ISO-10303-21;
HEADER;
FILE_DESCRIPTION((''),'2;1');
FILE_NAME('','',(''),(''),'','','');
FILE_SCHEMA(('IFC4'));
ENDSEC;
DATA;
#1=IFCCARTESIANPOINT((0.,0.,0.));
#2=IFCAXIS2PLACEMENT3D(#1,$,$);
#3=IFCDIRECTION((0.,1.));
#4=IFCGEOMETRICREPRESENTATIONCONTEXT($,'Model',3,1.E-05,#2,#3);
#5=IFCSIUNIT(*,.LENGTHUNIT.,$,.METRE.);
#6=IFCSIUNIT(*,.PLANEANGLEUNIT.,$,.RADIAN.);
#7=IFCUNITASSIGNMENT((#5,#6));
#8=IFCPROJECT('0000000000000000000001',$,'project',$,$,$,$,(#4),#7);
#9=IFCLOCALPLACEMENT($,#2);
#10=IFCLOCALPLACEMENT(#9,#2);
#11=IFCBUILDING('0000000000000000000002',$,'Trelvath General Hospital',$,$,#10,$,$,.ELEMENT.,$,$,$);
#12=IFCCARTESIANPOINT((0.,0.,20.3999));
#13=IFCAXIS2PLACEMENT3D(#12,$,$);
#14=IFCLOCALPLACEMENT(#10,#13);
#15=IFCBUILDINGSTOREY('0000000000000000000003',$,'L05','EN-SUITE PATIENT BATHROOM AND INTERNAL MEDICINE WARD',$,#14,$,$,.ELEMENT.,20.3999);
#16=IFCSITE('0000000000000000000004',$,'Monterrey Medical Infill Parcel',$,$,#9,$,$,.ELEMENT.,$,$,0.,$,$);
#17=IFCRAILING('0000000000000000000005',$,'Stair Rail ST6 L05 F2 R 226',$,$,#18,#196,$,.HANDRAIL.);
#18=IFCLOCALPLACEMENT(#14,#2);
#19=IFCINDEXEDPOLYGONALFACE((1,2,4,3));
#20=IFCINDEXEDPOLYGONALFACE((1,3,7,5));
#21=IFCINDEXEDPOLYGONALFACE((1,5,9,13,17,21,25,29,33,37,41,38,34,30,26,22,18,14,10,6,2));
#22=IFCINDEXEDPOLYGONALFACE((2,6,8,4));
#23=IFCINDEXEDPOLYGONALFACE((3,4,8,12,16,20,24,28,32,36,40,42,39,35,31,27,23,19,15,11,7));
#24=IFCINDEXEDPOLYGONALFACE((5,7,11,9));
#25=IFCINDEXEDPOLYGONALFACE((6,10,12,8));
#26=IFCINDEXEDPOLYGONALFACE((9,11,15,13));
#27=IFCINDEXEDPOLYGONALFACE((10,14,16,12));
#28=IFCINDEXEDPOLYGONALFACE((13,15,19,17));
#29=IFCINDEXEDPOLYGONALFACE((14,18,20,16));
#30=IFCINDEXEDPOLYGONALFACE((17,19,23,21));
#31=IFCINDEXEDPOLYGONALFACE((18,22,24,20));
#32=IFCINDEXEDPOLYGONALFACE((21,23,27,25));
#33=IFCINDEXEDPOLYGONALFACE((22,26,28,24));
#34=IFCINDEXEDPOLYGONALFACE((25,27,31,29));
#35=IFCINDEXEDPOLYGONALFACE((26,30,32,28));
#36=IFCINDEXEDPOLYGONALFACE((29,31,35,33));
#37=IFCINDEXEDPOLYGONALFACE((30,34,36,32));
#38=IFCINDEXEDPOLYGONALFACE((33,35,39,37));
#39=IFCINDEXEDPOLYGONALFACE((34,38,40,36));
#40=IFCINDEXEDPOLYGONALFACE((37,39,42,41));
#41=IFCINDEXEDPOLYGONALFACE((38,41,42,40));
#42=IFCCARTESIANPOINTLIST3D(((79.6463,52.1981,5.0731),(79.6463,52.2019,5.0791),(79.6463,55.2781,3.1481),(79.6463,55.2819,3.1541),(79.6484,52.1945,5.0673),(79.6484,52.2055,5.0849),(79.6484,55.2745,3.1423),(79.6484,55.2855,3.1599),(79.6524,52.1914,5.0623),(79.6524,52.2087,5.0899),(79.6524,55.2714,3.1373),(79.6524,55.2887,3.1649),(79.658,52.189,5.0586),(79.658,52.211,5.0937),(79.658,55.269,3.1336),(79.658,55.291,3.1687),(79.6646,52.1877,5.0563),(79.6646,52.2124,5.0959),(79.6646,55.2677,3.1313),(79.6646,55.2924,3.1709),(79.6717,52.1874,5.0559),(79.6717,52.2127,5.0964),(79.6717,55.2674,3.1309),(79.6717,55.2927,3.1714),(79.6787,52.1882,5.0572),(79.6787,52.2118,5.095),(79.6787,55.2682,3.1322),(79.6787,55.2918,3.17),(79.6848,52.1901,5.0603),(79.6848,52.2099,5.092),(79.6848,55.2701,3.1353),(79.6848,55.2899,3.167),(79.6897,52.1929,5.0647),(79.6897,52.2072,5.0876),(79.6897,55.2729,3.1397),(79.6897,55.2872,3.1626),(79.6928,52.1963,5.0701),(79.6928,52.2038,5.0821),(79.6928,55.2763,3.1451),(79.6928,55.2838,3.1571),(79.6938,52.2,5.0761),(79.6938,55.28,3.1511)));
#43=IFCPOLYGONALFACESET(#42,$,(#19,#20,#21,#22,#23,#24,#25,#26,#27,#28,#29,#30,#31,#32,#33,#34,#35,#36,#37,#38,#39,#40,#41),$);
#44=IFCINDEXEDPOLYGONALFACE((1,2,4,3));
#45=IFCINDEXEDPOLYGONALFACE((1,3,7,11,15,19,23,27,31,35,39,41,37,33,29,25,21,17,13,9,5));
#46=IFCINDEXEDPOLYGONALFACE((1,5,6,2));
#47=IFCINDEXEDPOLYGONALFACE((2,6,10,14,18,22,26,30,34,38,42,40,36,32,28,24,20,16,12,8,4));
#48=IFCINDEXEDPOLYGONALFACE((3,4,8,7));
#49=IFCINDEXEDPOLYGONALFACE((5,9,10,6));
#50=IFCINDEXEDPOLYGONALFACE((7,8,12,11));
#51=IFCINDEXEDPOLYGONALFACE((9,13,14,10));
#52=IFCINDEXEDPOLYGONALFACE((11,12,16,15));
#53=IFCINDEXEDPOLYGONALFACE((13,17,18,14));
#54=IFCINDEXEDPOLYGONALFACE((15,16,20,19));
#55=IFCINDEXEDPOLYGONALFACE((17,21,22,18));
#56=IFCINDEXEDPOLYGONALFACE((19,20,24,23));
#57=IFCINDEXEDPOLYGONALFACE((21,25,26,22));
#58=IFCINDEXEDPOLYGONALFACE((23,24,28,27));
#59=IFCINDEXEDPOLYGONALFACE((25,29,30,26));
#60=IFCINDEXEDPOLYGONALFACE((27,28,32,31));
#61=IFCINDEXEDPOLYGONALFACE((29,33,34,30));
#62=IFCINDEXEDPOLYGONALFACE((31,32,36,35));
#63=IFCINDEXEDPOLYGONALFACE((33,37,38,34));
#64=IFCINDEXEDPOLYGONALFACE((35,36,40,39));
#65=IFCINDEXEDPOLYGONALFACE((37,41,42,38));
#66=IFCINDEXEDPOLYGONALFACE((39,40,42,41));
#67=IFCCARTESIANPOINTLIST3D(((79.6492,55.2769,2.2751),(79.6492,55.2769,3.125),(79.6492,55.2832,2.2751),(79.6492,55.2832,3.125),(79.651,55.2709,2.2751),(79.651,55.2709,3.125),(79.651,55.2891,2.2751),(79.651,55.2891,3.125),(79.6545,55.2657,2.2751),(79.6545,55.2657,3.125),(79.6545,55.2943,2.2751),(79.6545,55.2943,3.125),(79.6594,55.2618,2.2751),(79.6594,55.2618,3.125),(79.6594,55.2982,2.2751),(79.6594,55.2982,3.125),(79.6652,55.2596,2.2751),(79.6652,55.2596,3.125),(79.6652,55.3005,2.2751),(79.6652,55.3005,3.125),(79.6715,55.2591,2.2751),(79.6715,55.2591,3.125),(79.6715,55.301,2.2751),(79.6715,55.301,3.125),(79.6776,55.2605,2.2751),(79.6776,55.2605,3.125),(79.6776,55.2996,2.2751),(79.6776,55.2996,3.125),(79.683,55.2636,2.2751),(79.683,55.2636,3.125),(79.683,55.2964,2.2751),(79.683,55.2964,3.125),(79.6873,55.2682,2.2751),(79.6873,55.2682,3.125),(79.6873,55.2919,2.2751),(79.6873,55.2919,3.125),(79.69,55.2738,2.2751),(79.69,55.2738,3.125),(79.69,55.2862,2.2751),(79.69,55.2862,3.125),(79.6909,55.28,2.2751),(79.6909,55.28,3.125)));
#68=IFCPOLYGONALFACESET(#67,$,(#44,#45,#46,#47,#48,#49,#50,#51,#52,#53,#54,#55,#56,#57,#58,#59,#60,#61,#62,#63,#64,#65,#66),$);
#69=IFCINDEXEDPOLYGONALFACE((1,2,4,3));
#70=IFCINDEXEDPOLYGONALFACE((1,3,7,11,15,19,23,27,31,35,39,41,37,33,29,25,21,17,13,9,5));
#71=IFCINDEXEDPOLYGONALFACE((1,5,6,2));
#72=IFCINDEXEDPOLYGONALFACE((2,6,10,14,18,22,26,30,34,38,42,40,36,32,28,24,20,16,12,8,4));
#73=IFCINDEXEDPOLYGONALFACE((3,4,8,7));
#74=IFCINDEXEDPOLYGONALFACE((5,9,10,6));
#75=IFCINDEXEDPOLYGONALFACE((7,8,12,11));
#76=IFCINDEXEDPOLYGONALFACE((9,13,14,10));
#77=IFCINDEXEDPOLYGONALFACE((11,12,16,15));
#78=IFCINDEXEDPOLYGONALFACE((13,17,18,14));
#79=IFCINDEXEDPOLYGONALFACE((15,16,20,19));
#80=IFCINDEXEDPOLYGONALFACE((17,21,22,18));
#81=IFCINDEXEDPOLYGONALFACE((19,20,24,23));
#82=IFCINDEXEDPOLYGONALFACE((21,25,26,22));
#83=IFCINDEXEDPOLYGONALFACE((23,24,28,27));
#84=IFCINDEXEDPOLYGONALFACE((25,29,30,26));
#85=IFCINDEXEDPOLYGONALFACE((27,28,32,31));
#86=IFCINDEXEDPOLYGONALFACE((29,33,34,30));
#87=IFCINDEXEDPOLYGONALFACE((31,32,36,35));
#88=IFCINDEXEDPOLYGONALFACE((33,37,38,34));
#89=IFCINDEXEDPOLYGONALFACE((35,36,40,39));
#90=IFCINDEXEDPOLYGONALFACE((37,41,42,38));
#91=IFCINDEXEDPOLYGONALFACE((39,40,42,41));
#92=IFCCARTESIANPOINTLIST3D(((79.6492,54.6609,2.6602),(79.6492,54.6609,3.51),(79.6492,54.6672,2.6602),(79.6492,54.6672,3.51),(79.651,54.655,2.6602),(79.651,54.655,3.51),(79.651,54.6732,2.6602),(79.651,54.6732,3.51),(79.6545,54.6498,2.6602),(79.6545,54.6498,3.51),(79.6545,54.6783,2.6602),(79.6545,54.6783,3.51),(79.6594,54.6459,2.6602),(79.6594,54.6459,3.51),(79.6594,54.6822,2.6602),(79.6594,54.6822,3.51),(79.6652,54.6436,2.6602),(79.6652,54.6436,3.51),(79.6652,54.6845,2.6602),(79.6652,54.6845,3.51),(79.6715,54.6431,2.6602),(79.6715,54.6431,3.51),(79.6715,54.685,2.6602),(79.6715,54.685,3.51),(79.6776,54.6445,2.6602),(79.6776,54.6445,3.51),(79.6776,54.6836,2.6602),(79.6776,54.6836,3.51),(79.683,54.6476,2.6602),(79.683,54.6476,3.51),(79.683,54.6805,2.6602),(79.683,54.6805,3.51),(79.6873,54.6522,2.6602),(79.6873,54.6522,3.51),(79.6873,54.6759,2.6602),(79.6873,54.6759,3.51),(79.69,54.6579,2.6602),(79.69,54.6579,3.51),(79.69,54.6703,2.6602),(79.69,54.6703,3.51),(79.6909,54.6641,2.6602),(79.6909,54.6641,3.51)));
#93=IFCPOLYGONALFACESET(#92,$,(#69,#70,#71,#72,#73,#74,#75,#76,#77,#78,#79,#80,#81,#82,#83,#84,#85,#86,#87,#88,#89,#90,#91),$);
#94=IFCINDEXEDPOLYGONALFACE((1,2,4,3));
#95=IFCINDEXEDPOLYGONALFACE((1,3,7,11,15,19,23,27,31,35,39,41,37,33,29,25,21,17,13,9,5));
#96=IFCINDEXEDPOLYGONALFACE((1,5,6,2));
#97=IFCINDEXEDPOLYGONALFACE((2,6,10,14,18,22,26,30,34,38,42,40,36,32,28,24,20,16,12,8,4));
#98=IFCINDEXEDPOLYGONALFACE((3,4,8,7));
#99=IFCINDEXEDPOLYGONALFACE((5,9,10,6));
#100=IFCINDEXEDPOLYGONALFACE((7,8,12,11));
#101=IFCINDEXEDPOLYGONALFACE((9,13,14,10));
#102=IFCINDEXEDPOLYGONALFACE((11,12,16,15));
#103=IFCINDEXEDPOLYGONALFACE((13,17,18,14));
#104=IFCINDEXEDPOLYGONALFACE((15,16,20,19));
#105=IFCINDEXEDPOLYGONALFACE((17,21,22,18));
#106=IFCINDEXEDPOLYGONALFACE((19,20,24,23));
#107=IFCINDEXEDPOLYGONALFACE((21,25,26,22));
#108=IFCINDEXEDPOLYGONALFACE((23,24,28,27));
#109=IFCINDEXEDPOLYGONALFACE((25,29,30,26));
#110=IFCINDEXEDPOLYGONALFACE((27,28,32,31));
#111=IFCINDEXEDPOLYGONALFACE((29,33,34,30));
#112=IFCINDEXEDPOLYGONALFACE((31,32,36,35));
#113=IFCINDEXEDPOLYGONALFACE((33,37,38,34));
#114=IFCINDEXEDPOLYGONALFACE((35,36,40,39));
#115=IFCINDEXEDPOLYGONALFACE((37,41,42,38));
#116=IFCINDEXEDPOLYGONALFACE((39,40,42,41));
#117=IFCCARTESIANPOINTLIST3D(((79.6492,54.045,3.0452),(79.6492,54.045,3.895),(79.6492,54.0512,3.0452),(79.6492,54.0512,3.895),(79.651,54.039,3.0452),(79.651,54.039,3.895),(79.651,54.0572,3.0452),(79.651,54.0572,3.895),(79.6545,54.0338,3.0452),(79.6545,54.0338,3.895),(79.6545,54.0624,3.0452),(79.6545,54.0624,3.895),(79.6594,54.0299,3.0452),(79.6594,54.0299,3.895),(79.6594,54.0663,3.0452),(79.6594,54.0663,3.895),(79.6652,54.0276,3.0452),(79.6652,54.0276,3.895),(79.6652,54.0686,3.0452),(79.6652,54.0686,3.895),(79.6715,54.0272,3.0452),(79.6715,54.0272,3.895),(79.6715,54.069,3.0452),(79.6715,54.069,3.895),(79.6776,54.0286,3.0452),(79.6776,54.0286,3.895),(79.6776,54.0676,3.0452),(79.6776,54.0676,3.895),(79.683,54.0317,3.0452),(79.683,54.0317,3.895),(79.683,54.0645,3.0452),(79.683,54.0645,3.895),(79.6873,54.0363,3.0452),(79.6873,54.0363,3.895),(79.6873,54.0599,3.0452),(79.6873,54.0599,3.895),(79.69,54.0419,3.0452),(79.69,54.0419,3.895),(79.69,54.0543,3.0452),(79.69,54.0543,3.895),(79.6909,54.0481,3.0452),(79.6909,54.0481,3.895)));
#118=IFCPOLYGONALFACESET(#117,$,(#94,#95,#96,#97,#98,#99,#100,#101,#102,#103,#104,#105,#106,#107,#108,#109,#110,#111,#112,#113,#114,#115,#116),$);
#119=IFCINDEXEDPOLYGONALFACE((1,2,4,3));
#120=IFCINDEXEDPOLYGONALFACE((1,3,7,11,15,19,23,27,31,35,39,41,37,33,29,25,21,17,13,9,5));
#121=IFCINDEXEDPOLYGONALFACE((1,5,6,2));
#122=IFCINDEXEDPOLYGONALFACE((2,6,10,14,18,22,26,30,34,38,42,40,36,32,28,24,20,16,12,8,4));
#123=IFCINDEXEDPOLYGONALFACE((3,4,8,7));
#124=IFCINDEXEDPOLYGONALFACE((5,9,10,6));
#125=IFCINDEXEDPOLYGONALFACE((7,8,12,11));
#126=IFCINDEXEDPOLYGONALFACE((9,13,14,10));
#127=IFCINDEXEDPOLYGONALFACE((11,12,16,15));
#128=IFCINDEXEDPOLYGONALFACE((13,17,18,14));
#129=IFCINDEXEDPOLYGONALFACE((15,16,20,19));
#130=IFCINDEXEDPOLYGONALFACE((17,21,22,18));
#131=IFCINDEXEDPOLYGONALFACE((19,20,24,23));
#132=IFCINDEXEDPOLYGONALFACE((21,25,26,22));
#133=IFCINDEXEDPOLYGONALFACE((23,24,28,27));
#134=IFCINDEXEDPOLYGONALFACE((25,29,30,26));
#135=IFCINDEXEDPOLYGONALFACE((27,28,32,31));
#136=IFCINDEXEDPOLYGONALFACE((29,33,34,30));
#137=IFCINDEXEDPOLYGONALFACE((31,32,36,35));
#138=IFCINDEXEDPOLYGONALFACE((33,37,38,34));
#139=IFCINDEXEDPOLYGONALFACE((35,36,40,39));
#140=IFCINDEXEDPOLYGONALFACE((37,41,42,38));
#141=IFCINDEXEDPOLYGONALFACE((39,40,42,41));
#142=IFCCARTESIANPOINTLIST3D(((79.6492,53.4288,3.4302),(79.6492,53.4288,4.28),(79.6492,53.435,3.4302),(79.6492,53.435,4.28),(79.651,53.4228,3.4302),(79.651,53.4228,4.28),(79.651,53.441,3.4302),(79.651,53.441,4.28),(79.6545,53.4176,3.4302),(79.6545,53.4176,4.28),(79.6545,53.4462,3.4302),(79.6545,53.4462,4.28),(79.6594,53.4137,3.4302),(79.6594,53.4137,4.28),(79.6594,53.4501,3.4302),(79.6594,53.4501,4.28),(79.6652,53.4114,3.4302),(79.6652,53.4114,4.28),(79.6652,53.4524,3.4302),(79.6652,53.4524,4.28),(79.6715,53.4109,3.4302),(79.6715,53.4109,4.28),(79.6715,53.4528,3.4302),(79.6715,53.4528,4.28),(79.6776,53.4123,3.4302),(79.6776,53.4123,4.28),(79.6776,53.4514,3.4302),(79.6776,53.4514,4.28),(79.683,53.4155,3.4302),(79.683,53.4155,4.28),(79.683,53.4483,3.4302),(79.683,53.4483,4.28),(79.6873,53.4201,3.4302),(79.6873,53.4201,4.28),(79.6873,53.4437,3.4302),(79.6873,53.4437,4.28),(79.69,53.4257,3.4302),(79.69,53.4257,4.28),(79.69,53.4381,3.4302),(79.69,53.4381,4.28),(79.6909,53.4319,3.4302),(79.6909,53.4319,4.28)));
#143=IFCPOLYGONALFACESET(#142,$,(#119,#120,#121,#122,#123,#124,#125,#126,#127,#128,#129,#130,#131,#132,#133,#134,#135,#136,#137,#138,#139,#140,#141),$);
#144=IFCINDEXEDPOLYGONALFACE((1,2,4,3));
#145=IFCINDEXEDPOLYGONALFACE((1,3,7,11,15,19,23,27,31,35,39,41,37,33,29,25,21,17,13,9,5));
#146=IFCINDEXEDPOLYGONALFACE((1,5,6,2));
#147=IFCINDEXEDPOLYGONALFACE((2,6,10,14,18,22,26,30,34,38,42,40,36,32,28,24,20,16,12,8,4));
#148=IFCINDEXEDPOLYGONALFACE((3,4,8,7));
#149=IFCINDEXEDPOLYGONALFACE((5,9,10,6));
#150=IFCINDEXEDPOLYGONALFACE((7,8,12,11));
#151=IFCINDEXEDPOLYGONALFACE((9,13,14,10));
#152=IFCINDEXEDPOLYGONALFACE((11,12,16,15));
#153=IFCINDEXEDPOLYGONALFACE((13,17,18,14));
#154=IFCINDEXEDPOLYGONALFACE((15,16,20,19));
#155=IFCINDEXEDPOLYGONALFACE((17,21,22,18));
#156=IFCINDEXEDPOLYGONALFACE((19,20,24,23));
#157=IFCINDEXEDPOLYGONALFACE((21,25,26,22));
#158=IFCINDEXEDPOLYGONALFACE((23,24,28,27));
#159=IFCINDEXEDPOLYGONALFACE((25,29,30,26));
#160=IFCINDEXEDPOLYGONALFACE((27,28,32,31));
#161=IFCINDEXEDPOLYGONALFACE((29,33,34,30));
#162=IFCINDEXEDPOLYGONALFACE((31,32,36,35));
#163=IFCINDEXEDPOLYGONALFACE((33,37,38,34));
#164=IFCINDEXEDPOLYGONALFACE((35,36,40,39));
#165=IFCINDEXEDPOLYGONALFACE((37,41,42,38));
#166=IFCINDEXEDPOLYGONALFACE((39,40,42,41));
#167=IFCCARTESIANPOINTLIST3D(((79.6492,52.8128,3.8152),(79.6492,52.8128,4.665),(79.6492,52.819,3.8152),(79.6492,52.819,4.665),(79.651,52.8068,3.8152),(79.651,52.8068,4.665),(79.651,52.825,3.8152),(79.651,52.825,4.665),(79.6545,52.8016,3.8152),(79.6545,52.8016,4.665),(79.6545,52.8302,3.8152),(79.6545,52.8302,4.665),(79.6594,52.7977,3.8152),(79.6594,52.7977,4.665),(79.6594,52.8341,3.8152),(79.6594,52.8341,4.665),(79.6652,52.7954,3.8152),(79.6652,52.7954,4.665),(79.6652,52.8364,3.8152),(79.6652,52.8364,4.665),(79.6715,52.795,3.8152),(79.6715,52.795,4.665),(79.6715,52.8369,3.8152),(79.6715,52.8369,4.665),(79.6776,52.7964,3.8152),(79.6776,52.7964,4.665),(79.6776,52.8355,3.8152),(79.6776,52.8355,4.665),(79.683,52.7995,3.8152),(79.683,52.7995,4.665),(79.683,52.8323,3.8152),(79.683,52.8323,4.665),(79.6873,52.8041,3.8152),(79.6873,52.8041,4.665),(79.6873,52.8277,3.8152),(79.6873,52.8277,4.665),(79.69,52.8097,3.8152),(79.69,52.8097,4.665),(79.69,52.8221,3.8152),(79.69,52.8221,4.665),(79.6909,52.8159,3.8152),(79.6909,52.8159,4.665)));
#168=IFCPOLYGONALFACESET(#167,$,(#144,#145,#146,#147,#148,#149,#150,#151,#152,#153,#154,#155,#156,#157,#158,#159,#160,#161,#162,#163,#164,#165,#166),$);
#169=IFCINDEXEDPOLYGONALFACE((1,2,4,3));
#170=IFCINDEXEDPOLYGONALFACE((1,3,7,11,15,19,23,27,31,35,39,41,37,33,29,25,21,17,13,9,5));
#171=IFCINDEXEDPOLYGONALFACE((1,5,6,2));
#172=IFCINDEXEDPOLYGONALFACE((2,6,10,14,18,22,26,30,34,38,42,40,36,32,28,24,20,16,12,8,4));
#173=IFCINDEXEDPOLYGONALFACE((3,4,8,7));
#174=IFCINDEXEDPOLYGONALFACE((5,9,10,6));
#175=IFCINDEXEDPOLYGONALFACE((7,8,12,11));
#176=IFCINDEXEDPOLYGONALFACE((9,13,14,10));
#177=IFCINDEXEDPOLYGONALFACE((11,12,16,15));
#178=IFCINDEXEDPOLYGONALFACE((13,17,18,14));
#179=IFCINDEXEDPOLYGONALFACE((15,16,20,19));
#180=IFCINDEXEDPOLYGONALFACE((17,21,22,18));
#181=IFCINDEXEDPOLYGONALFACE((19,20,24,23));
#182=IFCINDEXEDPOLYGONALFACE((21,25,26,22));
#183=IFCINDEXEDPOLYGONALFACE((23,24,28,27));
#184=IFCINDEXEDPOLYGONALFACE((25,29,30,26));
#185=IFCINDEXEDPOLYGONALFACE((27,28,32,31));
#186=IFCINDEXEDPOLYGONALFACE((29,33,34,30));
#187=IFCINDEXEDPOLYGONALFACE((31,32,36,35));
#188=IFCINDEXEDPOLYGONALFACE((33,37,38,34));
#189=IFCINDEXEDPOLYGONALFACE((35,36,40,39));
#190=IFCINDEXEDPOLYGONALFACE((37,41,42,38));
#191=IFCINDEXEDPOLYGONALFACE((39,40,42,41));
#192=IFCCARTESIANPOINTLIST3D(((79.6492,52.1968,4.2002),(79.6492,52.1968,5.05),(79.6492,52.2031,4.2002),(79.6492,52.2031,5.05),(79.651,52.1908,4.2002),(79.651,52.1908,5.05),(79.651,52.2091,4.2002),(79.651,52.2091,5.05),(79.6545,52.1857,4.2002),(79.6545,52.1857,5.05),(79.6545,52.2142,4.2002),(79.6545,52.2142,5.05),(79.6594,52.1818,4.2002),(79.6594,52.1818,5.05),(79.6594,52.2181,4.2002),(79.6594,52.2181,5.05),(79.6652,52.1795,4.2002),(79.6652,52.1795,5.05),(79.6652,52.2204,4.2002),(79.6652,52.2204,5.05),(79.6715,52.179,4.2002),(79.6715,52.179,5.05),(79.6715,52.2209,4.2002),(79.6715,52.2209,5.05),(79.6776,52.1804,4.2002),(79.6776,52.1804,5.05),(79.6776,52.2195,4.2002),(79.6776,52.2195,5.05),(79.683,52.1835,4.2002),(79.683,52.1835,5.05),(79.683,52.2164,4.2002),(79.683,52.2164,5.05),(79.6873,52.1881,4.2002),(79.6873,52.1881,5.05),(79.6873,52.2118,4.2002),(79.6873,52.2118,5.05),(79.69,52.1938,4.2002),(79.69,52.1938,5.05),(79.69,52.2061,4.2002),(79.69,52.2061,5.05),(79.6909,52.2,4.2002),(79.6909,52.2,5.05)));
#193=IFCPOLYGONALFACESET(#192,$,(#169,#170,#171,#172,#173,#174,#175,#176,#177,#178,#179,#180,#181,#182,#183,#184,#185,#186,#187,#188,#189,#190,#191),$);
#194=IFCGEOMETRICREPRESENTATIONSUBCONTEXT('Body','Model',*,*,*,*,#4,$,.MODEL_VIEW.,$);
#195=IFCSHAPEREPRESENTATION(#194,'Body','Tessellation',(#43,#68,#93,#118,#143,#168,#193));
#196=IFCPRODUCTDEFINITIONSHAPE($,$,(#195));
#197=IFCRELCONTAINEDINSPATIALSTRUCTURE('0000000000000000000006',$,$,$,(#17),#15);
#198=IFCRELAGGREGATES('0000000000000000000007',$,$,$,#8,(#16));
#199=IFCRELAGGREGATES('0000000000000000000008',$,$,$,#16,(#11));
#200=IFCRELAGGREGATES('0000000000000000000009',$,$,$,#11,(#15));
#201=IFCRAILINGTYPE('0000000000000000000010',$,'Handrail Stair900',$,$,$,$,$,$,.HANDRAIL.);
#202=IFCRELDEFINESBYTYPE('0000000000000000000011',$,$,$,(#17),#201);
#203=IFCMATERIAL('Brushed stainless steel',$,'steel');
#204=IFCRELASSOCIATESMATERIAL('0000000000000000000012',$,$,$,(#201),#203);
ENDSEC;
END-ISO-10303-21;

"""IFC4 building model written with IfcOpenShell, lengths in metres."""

from ifc_helpers import new_model, si_unit, direction, frame, origin, origin_2d, place, context, subcontext, project, spatial, circle, extrude, material, type_object, element, save


model = new_model("IFC4")

# Units and contexts
model_context = context("Model", 3, precision=1e-05, world=origin(), true_north=direction((0.0, 1.0)))
body_context = subcontext(model_context, "Body", "Model", "MODEL_VIEW")
ifc_project = project(units=[si_unit("LENGTHUNIT", "METRE"), si_unit("PLANEANGLEUNIT", "RADIAN")], contexts=[model_context])

# Site, building, storey
site_placement = place(None, origin())
site = spatial("IfcSite", under=ifc_project, at=site_placement, Name="Monterrey Medical Infill Parcel", CompositionType="ELEMENT", RefElevation=0.0)
building_placement = place(site_placement, origin())
building = spatial("IfcBuilding", under=site, at=building_placement, Name="Trelvath General Hospital", CompositionType="ELEMENT")
storey_placement = place(building_placement, frame((0.0, 0.0, 20.3999)))
storey = spatial("IfcBuildingStorey", under=building, at=storey_placement, Name="L05", Description="EN-SUITE PATIENT BATHROOM AND INTERNAL MEDICINE WARD", CompositionType="ELEMENT", Elevation=20.3999)

# Railing
ifc_material_1 = material(Name="Brushed stainless steel", Category="steel")
railing_type = type_object("IfcRailingType", Name="Handrail Stair900", PredefinedType="HANDRAIL", material=ifc_material_1)
railing_placement = place(storey_placement, frame((79.6699, 55.28, 2.2751)))
element("IfcRailing", 1, at=railing_placement, inside=storey, type_object=railing_type, Name="Stair Rail ST6 L05 F2 R 226", PredefinedType="HANDRAIL", context=body_context, shape_type="SweptSolid", body=[
    extrude(circle(Radius=0.0239, at=origin_2d()), frame((0.0, 0.0, 0.876), z_axis=(0.0, -0.847998, 0.529999), x_axis=(1.0, 0.0, 0.0)), (0.0, 0.0, 1.0), 3.6321),
    extrude(circle(Radius=0.021, at=origin_2d()), origin(), (0.0, 0.0, 1.0), 0.8499),
    extrude(circle(Radius=0.021, at=origin_2d()), frame((0.0, -0.616, 0.385)), (0.0, 0.0, 1.0), 0.8499),
    extrude(circle(Radius=0.021, at=origin_2d()), frame((0.0, -1.2319, 0.77)), (0.0, 0.0, 1.0), 0.8499),
    extrude(circle(Radius=0.021, at=origin_2d()), frame((0.0, -1.8481, 1.155)), (0.0, 0.0, 1.0), 0.8499),
    extrude(circle(Radius=0.021, at=origin_2d()), frame((0.0, -2.4641, 1.54)), (0.0, 0.0, 1.0), 0.8499),
    extrude(circle(Radius=0.021, at=origin_2d()), frame((0.0, -3.0801, 1.925)), (0.0, 0.0, 1.0), 0.8499),
])

save(model, "model.ifc")
